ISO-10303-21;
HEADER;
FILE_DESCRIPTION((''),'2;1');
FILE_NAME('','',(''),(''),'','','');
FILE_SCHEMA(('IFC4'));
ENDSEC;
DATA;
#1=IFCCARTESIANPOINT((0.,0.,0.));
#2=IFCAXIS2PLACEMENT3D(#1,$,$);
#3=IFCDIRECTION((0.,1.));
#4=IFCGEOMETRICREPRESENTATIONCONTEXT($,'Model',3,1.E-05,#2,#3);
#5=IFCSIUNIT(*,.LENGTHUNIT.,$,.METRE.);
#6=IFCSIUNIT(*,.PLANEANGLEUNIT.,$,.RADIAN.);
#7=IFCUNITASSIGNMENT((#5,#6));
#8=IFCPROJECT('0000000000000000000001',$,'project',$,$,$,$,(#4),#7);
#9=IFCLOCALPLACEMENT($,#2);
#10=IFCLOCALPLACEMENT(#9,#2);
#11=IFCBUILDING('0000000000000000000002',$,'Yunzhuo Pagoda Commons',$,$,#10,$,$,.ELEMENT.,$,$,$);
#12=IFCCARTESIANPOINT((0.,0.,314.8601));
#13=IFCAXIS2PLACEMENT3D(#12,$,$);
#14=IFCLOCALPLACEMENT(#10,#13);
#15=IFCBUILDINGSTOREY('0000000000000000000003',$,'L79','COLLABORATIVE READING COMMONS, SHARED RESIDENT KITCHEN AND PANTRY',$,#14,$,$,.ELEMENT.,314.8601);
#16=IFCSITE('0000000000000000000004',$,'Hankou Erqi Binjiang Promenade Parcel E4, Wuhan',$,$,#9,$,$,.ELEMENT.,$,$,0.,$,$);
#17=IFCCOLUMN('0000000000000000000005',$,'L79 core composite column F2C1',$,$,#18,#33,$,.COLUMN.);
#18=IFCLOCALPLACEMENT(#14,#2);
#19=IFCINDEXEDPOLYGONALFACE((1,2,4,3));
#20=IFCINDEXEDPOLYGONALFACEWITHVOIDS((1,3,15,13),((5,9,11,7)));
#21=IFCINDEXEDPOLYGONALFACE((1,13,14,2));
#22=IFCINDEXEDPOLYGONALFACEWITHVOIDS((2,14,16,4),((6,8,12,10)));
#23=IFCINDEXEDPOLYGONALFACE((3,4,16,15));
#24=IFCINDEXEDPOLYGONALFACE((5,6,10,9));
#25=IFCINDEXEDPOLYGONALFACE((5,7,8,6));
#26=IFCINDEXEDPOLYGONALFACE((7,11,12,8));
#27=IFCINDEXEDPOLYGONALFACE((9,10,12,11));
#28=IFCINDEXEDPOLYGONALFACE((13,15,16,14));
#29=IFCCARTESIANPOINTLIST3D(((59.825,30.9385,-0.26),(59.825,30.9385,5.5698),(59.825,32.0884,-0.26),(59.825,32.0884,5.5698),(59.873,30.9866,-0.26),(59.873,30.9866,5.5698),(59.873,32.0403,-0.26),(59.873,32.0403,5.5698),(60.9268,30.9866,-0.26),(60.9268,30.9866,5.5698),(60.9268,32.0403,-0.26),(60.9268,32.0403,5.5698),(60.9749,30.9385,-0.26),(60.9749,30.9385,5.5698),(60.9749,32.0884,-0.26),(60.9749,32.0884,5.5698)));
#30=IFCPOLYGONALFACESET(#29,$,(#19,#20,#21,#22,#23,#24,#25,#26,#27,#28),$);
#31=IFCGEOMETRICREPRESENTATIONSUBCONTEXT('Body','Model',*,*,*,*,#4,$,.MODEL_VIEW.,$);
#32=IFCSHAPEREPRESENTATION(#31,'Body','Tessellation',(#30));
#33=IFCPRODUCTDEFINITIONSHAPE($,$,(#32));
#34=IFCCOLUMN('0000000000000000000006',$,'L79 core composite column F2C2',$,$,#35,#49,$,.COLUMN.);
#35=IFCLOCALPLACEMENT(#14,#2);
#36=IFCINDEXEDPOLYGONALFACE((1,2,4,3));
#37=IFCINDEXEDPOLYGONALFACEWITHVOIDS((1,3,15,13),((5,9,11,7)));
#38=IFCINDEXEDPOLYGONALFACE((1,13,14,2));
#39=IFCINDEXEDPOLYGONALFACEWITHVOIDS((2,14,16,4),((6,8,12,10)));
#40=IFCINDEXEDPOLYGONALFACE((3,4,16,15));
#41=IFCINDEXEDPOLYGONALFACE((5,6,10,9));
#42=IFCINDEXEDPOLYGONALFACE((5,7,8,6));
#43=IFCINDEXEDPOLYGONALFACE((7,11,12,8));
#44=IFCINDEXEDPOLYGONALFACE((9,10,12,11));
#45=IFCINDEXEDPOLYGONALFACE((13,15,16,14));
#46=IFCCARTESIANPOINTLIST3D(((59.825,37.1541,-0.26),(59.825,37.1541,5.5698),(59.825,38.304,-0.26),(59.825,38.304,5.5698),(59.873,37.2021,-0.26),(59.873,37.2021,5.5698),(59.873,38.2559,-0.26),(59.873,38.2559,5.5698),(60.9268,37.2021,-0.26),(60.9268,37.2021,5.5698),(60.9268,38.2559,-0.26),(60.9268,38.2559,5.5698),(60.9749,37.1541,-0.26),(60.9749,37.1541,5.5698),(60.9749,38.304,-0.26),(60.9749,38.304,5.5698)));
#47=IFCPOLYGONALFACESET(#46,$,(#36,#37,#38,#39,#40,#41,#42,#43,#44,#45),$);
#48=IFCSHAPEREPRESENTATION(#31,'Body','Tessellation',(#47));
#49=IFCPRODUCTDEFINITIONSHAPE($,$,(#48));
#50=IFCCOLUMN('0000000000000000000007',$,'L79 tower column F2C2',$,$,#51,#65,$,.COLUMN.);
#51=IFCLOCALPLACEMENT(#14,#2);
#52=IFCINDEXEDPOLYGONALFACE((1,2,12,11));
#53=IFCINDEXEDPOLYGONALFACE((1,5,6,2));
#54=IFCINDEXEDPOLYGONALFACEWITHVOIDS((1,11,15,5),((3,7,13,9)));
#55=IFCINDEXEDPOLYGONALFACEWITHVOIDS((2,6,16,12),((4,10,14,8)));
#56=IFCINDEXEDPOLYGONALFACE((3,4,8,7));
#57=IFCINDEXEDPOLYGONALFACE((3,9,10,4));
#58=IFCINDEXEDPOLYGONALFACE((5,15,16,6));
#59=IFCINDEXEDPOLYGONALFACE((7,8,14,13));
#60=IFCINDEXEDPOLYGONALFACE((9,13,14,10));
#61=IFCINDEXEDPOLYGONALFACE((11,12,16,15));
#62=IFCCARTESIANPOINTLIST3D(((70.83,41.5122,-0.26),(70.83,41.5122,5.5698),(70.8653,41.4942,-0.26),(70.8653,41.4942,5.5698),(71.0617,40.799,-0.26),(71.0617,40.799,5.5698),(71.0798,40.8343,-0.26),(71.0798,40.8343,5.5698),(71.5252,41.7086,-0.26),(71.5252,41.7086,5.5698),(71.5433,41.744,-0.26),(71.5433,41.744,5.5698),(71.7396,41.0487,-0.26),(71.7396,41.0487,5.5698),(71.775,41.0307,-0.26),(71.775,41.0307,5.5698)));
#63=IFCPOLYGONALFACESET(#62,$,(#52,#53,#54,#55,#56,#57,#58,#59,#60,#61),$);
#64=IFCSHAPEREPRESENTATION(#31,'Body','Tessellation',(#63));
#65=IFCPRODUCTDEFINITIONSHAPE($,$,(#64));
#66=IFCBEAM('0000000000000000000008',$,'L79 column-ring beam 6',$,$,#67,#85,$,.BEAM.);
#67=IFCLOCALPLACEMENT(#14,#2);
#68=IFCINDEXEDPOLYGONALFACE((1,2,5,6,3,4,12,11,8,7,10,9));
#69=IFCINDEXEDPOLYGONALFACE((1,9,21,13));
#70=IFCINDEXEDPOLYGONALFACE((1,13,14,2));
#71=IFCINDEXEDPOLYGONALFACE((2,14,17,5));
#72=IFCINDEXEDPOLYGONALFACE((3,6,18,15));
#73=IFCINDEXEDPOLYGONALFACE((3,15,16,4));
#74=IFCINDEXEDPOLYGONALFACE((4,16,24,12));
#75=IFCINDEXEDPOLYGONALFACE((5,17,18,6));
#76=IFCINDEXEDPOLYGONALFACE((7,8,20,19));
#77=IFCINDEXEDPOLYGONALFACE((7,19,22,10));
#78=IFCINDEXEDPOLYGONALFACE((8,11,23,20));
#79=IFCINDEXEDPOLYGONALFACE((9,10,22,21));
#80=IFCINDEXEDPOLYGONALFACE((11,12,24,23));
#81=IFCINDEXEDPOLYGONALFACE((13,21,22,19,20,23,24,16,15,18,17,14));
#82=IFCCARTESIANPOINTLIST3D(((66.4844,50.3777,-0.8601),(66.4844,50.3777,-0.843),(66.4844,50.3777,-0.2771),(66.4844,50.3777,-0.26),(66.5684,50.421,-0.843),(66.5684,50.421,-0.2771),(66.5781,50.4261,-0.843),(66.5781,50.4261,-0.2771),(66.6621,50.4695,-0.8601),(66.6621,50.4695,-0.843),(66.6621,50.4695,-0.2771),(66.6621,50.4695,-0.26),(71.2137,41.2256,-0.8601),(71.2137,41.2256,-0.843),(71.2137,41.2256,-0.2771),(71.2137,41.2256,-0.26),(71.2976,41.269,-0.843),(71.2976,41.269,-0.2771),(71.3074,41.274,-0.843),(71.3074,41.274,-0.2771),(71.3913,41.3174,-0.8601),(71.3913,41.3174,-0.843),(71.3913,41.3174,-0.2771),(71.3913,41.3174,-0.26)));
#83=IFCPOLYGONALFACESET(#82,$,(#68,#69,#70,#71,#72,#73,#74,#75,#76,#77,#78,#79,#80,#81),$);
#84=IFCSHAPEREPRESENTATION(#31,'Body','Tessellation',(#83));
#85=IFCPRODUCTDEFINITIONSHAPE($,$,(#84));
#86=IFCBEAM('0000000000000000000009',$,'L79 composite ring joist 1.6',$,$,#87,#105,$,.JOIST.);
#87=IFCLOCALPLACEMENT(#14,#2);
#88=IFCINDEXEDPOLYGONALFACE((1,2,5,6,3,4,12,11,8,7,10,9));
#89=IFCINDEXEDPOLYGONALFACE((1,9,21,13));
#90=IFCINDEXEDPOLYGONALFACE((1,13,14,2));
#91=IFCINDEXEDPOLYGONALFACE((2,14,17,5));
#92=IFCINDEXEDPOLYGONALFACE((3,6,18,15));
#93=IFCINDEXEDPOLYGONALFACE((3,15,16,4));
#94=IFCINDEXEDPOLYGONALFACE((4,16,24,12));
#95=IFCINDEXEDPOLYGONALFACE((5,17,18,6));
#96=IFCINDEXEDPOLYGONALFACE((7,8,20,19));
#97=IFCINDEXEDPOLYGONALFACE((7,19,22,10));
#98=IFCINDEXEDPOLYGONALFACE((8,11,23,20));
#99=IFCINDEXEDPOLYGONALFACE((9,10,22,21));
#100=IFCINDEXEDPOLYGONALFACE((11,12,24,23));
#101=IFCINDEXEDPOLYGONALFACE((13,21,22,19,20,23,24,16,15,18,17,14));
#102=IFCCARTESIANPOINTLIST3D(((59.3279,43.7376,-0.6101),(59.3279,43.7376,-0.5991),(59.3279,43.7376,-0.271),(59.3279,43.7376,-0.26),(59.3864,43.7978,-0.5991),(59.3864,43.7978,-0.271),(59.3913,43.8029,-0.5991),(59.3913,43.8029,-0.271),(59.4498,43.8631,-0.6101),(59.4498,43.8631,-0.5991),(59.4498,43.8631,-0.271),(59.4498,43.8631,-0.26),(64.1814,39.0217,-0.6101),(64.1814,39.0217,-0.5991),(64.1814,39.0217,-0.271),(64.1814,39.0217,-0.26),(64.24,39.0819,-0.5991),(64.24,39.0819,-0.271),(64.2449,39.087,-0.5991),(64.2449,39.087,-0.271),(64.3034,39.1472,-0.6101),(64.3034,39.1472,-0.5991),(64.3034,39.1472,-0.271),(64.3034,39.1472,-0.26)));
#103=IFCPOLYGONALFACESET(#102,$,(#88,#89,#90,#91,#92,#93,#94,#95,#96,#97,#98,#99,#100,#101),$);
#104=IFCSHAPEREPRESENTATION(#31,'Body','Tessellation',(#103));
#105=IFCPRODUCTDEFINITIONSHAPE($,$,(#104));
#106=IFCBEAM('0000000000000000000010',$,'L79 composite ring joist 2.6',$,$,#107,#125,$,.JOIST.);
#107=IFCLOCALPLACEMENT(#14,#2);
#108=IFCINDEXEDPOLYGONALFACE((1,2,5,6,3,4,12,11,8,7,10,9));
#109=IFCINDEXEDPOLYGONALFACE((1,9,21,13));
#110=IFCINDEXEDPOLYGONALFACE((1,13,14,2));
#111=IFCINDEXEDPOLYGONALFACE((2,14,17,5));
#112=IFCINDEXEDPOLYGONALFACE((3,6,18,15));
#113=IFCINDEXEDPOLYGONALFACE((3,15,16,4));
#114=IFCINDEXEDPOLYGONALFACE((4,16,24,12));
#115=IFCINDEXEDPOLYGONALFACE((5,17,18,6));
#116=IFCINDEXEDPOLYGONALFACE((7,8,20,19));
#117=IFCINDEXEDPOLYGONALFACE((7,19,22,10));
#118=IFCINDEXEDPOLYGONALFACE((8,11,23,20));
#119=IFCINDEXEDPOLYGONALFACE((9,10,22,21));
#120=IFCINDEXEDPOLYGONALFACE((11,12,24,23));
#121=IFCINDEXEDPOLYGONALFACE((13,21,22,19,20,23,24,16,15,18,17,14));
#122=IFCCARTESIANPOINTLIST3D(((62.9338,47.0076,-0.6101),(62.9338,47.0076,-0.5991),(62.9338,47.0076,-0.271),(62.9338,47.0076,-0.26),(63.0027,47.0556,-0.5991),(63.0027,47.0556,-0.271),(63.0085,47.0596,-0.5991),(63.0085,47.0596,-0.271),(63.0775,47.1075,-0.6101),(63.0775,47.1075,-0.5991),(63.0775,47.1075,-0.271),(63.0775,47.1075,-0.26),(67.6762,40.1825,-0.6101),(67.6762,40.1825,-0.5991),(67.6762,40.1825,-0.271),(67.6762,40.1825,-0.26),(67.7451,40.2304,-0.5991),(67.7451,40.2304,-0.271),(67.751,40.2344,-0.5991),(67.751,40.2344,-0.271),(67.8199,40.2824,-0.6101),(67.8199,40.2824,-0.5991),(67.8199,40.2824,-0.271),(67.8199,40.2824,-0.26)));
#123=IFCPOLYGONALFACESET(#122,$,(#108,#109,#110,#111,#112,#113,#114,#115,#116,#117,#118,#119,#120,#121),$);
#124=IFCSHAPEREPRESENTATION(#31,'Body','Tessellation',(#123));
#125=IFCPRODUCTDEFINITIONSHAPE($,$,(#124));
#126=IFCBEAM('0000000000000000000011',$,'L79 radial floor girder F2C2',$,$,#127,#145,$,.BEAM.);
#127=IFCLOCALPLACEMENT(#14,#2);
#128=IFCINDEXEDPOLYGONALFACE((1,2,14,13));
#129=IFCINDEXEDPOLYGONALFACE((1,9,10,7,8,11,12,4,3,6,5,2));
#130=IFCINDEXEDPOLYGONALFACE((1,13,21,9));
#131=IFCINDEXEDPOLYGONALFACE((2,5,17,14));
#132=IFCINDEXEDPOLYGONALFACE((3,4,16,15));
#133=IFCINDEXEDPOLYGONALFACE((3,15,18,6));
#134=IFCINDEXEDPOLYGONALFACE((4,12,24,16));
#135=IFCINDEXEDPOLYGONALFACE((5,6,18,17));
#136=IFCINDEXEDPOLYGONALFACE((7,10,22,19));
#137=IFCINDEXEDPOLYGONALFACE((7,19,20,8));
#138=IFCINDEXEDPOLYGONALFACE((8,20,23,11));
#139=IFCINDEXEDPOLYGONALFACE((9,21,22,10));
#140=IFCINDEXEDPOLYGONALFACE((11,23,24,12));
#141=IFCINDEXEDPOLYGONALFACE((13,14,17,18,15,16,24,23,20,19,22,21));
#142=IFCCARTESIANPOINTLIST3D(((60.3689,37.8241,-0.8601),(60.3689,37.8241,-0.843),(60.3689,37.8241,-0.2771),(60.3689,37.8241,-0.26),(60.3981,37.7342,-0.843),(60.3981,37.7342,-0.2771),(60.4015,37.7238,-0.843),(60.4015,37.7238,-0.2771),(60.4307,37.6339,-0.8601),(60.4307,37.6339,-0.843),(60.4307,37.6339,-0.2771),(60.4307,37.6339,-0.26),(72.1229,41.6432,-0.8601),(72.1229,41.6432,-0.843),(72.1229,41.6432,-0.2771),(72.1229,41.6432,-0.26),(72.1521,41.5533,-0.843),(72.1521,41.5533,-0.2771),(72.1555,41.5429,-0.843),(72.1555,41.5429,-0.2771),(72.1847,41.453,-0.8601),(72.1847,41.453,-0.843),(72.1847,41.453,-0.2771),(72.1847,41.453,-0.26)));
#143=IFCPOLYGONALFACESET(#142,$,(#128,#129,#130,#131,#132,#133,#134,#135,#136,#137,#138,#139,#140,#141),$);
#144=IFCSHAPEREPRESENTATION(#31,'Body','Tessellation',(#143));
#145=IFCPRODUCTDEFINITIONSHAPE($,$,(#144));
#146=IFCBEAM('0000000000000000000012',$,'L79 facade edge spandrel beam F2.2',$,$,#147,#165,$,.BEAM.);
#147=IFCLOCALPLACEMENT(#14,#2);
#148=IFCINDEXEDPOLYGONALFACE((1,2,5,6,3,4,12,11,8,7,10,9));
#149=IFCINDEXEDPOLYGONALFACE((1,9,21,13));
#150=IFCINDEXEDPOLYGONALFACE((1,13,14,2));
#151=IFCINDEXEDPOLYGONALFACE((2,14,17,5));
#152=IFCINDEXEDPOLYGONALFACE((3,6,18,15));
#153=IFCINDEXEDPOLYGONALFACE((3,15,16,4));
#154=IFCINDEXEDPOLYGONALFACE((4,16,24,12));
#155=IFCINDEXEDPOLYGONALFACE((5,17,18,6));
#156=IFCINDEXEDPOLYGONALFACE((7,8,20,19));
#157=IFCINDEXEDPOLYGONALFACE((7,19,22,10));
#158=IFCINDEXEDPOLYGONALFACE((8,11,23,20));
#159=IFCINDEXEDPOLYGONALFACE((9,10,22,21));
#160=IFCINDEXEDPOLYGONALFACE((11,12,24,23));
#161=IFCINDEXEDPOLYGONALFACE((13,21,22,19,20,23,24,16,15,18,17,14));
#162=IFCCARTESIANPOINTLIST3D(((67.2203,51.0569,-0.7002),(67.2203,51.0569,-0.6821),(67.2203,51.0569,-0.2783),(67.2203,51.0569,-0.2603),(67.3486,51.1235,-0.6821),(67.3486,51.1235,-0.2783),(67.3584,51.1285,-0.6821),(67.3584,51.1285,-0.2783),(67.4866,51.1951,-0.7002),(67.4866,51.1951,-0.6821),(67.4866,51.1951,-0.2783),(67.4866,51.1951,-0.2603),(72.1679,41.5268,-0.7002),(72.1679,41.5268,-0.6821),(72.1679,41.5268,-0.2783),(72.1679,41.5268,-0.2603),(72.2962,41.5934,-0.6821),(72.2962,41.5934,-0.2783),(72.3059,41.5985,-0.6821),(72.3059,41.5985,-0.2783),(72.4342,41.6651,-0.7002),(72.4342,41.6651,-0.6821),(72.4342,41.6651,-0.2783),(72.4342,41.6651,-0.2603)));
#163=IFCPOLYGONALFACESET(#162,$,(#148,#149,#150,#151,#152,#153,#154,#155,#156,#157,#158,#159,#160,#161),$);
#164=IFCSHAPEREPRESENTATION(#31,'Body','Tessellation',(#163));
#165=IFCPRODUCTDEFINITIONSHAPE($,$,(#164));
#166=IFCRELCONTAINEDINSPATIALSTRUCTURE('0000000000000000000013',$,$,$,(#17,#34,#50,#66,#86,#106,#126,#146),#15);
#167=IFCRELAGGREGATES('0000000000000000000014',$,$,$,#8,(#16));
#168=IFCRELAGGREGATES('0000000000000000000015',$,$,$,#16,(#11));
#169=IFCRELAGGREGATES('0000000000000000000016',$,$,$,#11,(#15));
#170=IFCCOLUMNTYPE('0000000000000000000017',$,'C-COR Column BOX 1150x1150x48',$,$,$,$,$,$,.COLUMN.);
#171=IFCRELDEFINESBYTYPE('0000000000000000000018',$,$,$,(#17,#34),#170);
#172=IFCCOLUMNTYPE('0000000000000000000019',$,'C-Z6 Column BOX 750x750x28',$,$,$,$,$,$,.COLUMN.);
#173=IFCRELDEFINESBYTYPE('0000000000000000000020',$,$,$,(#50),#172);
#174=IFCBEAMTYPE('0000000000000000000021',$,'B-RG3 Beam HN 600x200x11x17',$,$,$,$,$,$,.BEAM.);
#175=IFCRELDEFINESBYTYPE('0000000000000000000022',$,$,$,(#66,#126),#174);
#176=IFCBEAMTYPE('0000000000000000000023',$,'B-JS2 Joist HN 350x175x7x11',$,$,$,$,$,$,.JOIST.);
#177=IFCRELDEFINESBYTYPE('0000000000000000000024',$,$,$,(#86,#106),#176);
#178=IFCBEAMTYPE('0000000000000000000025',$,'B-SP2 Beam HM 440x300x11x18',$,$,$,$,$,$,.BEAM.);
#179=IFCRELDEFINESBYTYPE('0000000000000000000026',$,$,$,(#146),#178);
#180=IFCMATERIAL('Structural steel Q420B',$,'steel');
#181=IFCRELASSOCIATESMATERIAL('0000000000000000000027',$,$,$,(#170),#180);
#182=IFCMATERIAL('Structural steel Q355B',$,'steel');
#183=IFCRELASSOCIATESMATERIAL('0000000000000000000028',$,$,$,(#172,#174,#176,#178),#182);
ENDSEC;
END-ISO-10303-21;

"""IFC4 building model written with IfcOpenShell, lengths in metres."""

from ifc_helpers import new_model, si_unit, direction, frame, origin, origin_2d, place, context, subcontext, project, spatial, hollow_rectangle, i_section, extrude, source, transform, mapped, material, material_profile, profile_set, type_object, element, save


model = new_model("IFC4")

# Units and contexts
model_context = context("Model", 3, precision=1e-05, world=origin(), true_north=direction((0.0, 1.0)))
body_context = subcontext(model_context, "Body", "Model", "MODEL_VIEW")
ifc_project = project(units=[si_unit("LENGTHUNIT", "METRE"), si_unit("PLANEANGLEUNIT", "RADIAN")], contexts=[model_context])

# Site, building, storey
site_placement = place(None, origin())
site = spatial("IfcSite", under=ifc_project, at=site_placement, Name="Hankou Erqi Binjiang Promenade Parcel E4, Wuhan", CompositionType="ELEMENT", RefElevation=0.0)
building_placement = place(site_placement, origin())
building = spatial("IfcBuilding", under=site, at=building_placement, Name="Yunzhuo Pagoda Commons", CompositionType="ELEMENT")
storey_placement = place(building_placement, frame((0.0, 0.0, 314.8601)))
storey = spatial("IfcBuildingStorey", under=building, at=storey_placement, Name="L79", Description="COLLABORATIVE READING COMMONS, SHARED RESIDENT KITCHEN AND PANTRY", CompositionType="ELEMENT", Elevation=314.8601)

# Columns
ifc_material_1 = material(Name="Structural steel Q420B", Category="steel")
ifc_material_profile_1 = material_profile(ifc_material_1, hollow_rectangle(XDim=1.1499, YDim=1.1499, WallThickness=0.0481, at=origin_2d()), Name="Structural steel Q420B")
ifc_profile_set_1 = profile_set([ifc_material_profile_1], Name="Structural steel Q420B")
column_type_1 = type_object("IfcColumnType", Name="C-COR Column BOX 1150x1150x48", PredefinedType="COLUMN", material=ifc_profile_set_1)
shared_shape_1 = source(origin(), body_context, "Body", "SweptSolid", [
    extrude(hollow_rectangle(XDim=1.1499, YDim=1.1499, WallThickness=0.0481, at=origin_2d()), origin(), (0.0, 0.0, 1.0), 5.8298),
])
for number, where, z_axis, x_axis, name in (
    (1, (60.3999, 31.5134, -0.26), (0.0, 0.0, 1.0), (1.0, 0.0, 0.0), "L79 core composite column F2C1"),
    (2, (60.3999, 37.729, -0.26), (0.0, 0.0, 1.0), (1.0, 0.0, 0.0), "L79 core composite column F2C2"),
):
    element("IfcColumn", number, at=place(storey_placement, frame(where, z_axis=z_axis, x_axis=x_axis)), inside=storey, type_object=column_type_1, Name=name, PredefinedType="COLUMN", context=body_context, shape_type="MappedRepresentation", body=[
        mapped(shared_shape_1, transform((0.0, 0.0, 0.0), scale=1.0)),
    ])
ifc_material_2 = material(Name="Structural steel Q355B", Category="steel")
ifc_material_profile_2 = material_profile(ifc_material_2, hollow_rectangle(XDim=0.75, YDim=0.75, WallThickness=0.0281, at=origin_2d()), Name="Structural steel Q355B")
ifc_profile_set_2 = profile_set([ifc_material_profile_2], Name="Structural steel Q355B")
column_type_2 = type_object("IfcColumnType", Name="C-Z6 Column BOX 750x750x28", PredefinedType="COLUMN", material=ifc_profile_set_2)
shared_shape_2 = source(origin(), body_context, "Body", "SweptSolid", [
    extrude(hollow_rectangle(XDim=0.75, YDim=0.75, WallThickness=0.0281, at=origin_2d()), origin(), (0.0, 0.0, 1.0), 5.8298),
])
column_placement = place(storey_placement, frame((71.3025, 41.2715, -0.26), z_axis=(0.0, 0.0, 1.0), x_axis=(-0.309017, 0.951057, 0.0)))
element("IfcColumn", 3, at=column_placement, inside=storey, type_object=column_type_2, Name="L79 tower column F2C2", PredefinedType="COLUMN", context=body_context, shape_type="MappedRepresentation", body=[
    mapped(shared_shape_2, transform((0.0, 0.0, 0.0), scale=1.0)),
])

# Beams
ifc_material_profile_3 = material_profile(ifc_material_2, i_section(OverallWidth=0.2, OverallDepth=0.6001, WebThickness=0.011, FlangeThickness=0.0171, at=origin_2d()), Name="Structural steel Q355B")
ifc_profile_set_3 = profile_set([ifc_material_profile_3], Name="Structural steel Q355B")
beam_type_1 = type_object("IfcBeamType", Name="B-RG3 Beam HN 600x200x11x17", PredefinedType="BEAM", material=ifc_profile_set_3)
shared_shape_3 = source(origin(), body_context, "Body", "SweptSolid", [
    extrude(i_section(OverallWidth=0.2, OverallDepth=0.6001, WebThickness=0.011, FlangeThickness=0.0171, at=origin_2d()), origin(), (0.0, 0.0, 1.0), 10.3018),
])
beam_1_placement = place(storey_placement, frame((71.3025, 41.2715, -0.5601), z_axis=(-0.459071, 0.8884, 0.0), x_axis=(-0.8884, -0.459071, 0.0)))
element("IfcBeam", 4, at=beam_1_placement, inside=storey, type_object=beam_type_1, Name="L79 column-ring beam 6", PredefinedType="BEAM", context=body_context, shape_type="MappedRepresentation", body=[
    mapped(shared_shape_3, transform((0.0, 0.0, 0.0), scale=1.0)),
])
ifc_material_profile_4 = material_profile(ifc_material_2, i_section(OverallWidth=0.175, OverallDepth=0.3501, WebThickness=0.0071, FlangeThickness=0.011, at=origin_2d()), Name="Structural steel Q355B")
ifc_profile_set_4 = profile_set([ifc_material_profile_4], Name="Structural steel Q355B")
beam_type_2 = type_object("IfcBeamType", Name="B-JS2 Joist HN 350x175x7x11", PredefinedType="JOIST", material=ifc_profile_set_4)
shared_shape_4 = source(origin(), body_context, "Body", "SweptSolid", [
    extrude(i_section(OverallWidth=0.175, OverallDepth=0.3501, WebThickness=0.0071, FlangeThickness=0.011, at=origin_2d()), origin(), (0.0, 0.0, 1.0), 6.7673),
])
beam_2_placement = place(storey_placement, frame((64.2424, 39.0845, -0.4351), z_axis=(-0.717207, 0.69686, 0.0), x_axis=(-0.69686, -0.717207, 0.0)))
element("IfcBeam", 5, at=beam_2_placement, inside=storey, type_object=beam_type_2, Name="L79 composite ring joist 1.6", PredefinedType="JOIST", context=body_context, shape_type="MappedRepresentation", body=[
    mapped(shared_shape_4, transform((0.0, 0.0, 0.0), scale=1.0)),
])
shared_shape_5 = source(origin(), body_context, "Body", "SweptSolid", [
    extrude(i_section(OverallWidth=0.175, OverallDepth=0.3501, WebThickness=0.0071, FlangeThickness=0.011, at=origin_2d()), origin(), (0.0, 0.0, 1.0), 8.311),
])
beam_3_placement = place(storey_placement, frame((67.748, 40.2324, -0.4351), z_axis=(-0.570616, 0.821217, 0.0), x_axis=(-0.821217, -0.570616, 0.0)))
element("IfcBeam", 6, at=beam_3_placement, inside=storey, type_object=beam_type_2, Name="L79 composite ring joist 2.6", PredefinedType="JOIST", context=body_context, shape_type="MappedRepresentation", body=[
    mapped(shared_shape_5, transform((0.0, 0.0, 0.0), scale=1.0)),
])
shared_shape_6 = source(origin(), body_context, "Body", "SweptSolid", [
    extrude(i_section(OverallWidth=0.2, OverallDepth=0.6001, WebThickness=0.011, FlangeThickness=0.0171, at=origin_2d()), origin(), (0.0, 0.0, 1.0), 12.3589),
])
beam_4_placement = place(storey_placement, frame((72.1538, 41.5481, -0.5601), z_axis=(-0.951056, -0.309018, 0.0), x_axis=(0.309018, -0.951056, 0.0)))
element("IfcBeam", 7, at=beam_4_placement, inside=storey, type_object=beam_type_1, Name="L79 radial floor girder F2C2", PredefinedType="BEAM", context=body_context, shape_type="MappedRepresentation", body=[
    mapped(shared_shape_6, transform((0.0, 0.0, 0.0), scale=1.0)),
])
ifc_material_profile_5 = material_profile(ifc_material_2, i_section(OverallWidth=0.3, OverallDepth=0.4399, WebThickness=0.011, FlangeThickness=0.0181, at=origin_2d()), Name="Structural steel Q355B")
ifc_profile_set_5 = profile_set([ifc_material_profile_5], Name="Structural steel Q355B")
beam_type_3 = type_object("IfcBeamType", Name="B-SP2 Beam HM 440x300x11x18", PredefinedType="BEAM", material=ifc_profile_set_5)
shared_shape_7 = source(origin(), body_context, "Body", "SweptSolid", [
    extrude(i_section(OverallWidth=0.3, OverallDepth=0.4399, WebThickness=0.011, FlangeThickness=0.0181, at=origin_2d()), origin(), (0.0, 0.0, 1.0), 10.7378),
])
beam_5_placement = place(storey_placement, frame((72.301, 41.5959, -0.4802), z_axis=(-0.460758, 0.887526, 0.0), x_axis=(-0.887526, -0.460758, 0.0)))
element("IfcBeam", 8, at=beam_5_placement, inside=storey, type_object=beam_type_3, Name="L79 facade edge spandrel beam F2.2", PredefinedType="BEAM", context=body_context, shape_type="MappedRepresentation", body=[
    mapped(shared_shape_7, transform((0.0, 0.0, 0.0), scale=1.0)),
])

save(model, "model.ifc")
